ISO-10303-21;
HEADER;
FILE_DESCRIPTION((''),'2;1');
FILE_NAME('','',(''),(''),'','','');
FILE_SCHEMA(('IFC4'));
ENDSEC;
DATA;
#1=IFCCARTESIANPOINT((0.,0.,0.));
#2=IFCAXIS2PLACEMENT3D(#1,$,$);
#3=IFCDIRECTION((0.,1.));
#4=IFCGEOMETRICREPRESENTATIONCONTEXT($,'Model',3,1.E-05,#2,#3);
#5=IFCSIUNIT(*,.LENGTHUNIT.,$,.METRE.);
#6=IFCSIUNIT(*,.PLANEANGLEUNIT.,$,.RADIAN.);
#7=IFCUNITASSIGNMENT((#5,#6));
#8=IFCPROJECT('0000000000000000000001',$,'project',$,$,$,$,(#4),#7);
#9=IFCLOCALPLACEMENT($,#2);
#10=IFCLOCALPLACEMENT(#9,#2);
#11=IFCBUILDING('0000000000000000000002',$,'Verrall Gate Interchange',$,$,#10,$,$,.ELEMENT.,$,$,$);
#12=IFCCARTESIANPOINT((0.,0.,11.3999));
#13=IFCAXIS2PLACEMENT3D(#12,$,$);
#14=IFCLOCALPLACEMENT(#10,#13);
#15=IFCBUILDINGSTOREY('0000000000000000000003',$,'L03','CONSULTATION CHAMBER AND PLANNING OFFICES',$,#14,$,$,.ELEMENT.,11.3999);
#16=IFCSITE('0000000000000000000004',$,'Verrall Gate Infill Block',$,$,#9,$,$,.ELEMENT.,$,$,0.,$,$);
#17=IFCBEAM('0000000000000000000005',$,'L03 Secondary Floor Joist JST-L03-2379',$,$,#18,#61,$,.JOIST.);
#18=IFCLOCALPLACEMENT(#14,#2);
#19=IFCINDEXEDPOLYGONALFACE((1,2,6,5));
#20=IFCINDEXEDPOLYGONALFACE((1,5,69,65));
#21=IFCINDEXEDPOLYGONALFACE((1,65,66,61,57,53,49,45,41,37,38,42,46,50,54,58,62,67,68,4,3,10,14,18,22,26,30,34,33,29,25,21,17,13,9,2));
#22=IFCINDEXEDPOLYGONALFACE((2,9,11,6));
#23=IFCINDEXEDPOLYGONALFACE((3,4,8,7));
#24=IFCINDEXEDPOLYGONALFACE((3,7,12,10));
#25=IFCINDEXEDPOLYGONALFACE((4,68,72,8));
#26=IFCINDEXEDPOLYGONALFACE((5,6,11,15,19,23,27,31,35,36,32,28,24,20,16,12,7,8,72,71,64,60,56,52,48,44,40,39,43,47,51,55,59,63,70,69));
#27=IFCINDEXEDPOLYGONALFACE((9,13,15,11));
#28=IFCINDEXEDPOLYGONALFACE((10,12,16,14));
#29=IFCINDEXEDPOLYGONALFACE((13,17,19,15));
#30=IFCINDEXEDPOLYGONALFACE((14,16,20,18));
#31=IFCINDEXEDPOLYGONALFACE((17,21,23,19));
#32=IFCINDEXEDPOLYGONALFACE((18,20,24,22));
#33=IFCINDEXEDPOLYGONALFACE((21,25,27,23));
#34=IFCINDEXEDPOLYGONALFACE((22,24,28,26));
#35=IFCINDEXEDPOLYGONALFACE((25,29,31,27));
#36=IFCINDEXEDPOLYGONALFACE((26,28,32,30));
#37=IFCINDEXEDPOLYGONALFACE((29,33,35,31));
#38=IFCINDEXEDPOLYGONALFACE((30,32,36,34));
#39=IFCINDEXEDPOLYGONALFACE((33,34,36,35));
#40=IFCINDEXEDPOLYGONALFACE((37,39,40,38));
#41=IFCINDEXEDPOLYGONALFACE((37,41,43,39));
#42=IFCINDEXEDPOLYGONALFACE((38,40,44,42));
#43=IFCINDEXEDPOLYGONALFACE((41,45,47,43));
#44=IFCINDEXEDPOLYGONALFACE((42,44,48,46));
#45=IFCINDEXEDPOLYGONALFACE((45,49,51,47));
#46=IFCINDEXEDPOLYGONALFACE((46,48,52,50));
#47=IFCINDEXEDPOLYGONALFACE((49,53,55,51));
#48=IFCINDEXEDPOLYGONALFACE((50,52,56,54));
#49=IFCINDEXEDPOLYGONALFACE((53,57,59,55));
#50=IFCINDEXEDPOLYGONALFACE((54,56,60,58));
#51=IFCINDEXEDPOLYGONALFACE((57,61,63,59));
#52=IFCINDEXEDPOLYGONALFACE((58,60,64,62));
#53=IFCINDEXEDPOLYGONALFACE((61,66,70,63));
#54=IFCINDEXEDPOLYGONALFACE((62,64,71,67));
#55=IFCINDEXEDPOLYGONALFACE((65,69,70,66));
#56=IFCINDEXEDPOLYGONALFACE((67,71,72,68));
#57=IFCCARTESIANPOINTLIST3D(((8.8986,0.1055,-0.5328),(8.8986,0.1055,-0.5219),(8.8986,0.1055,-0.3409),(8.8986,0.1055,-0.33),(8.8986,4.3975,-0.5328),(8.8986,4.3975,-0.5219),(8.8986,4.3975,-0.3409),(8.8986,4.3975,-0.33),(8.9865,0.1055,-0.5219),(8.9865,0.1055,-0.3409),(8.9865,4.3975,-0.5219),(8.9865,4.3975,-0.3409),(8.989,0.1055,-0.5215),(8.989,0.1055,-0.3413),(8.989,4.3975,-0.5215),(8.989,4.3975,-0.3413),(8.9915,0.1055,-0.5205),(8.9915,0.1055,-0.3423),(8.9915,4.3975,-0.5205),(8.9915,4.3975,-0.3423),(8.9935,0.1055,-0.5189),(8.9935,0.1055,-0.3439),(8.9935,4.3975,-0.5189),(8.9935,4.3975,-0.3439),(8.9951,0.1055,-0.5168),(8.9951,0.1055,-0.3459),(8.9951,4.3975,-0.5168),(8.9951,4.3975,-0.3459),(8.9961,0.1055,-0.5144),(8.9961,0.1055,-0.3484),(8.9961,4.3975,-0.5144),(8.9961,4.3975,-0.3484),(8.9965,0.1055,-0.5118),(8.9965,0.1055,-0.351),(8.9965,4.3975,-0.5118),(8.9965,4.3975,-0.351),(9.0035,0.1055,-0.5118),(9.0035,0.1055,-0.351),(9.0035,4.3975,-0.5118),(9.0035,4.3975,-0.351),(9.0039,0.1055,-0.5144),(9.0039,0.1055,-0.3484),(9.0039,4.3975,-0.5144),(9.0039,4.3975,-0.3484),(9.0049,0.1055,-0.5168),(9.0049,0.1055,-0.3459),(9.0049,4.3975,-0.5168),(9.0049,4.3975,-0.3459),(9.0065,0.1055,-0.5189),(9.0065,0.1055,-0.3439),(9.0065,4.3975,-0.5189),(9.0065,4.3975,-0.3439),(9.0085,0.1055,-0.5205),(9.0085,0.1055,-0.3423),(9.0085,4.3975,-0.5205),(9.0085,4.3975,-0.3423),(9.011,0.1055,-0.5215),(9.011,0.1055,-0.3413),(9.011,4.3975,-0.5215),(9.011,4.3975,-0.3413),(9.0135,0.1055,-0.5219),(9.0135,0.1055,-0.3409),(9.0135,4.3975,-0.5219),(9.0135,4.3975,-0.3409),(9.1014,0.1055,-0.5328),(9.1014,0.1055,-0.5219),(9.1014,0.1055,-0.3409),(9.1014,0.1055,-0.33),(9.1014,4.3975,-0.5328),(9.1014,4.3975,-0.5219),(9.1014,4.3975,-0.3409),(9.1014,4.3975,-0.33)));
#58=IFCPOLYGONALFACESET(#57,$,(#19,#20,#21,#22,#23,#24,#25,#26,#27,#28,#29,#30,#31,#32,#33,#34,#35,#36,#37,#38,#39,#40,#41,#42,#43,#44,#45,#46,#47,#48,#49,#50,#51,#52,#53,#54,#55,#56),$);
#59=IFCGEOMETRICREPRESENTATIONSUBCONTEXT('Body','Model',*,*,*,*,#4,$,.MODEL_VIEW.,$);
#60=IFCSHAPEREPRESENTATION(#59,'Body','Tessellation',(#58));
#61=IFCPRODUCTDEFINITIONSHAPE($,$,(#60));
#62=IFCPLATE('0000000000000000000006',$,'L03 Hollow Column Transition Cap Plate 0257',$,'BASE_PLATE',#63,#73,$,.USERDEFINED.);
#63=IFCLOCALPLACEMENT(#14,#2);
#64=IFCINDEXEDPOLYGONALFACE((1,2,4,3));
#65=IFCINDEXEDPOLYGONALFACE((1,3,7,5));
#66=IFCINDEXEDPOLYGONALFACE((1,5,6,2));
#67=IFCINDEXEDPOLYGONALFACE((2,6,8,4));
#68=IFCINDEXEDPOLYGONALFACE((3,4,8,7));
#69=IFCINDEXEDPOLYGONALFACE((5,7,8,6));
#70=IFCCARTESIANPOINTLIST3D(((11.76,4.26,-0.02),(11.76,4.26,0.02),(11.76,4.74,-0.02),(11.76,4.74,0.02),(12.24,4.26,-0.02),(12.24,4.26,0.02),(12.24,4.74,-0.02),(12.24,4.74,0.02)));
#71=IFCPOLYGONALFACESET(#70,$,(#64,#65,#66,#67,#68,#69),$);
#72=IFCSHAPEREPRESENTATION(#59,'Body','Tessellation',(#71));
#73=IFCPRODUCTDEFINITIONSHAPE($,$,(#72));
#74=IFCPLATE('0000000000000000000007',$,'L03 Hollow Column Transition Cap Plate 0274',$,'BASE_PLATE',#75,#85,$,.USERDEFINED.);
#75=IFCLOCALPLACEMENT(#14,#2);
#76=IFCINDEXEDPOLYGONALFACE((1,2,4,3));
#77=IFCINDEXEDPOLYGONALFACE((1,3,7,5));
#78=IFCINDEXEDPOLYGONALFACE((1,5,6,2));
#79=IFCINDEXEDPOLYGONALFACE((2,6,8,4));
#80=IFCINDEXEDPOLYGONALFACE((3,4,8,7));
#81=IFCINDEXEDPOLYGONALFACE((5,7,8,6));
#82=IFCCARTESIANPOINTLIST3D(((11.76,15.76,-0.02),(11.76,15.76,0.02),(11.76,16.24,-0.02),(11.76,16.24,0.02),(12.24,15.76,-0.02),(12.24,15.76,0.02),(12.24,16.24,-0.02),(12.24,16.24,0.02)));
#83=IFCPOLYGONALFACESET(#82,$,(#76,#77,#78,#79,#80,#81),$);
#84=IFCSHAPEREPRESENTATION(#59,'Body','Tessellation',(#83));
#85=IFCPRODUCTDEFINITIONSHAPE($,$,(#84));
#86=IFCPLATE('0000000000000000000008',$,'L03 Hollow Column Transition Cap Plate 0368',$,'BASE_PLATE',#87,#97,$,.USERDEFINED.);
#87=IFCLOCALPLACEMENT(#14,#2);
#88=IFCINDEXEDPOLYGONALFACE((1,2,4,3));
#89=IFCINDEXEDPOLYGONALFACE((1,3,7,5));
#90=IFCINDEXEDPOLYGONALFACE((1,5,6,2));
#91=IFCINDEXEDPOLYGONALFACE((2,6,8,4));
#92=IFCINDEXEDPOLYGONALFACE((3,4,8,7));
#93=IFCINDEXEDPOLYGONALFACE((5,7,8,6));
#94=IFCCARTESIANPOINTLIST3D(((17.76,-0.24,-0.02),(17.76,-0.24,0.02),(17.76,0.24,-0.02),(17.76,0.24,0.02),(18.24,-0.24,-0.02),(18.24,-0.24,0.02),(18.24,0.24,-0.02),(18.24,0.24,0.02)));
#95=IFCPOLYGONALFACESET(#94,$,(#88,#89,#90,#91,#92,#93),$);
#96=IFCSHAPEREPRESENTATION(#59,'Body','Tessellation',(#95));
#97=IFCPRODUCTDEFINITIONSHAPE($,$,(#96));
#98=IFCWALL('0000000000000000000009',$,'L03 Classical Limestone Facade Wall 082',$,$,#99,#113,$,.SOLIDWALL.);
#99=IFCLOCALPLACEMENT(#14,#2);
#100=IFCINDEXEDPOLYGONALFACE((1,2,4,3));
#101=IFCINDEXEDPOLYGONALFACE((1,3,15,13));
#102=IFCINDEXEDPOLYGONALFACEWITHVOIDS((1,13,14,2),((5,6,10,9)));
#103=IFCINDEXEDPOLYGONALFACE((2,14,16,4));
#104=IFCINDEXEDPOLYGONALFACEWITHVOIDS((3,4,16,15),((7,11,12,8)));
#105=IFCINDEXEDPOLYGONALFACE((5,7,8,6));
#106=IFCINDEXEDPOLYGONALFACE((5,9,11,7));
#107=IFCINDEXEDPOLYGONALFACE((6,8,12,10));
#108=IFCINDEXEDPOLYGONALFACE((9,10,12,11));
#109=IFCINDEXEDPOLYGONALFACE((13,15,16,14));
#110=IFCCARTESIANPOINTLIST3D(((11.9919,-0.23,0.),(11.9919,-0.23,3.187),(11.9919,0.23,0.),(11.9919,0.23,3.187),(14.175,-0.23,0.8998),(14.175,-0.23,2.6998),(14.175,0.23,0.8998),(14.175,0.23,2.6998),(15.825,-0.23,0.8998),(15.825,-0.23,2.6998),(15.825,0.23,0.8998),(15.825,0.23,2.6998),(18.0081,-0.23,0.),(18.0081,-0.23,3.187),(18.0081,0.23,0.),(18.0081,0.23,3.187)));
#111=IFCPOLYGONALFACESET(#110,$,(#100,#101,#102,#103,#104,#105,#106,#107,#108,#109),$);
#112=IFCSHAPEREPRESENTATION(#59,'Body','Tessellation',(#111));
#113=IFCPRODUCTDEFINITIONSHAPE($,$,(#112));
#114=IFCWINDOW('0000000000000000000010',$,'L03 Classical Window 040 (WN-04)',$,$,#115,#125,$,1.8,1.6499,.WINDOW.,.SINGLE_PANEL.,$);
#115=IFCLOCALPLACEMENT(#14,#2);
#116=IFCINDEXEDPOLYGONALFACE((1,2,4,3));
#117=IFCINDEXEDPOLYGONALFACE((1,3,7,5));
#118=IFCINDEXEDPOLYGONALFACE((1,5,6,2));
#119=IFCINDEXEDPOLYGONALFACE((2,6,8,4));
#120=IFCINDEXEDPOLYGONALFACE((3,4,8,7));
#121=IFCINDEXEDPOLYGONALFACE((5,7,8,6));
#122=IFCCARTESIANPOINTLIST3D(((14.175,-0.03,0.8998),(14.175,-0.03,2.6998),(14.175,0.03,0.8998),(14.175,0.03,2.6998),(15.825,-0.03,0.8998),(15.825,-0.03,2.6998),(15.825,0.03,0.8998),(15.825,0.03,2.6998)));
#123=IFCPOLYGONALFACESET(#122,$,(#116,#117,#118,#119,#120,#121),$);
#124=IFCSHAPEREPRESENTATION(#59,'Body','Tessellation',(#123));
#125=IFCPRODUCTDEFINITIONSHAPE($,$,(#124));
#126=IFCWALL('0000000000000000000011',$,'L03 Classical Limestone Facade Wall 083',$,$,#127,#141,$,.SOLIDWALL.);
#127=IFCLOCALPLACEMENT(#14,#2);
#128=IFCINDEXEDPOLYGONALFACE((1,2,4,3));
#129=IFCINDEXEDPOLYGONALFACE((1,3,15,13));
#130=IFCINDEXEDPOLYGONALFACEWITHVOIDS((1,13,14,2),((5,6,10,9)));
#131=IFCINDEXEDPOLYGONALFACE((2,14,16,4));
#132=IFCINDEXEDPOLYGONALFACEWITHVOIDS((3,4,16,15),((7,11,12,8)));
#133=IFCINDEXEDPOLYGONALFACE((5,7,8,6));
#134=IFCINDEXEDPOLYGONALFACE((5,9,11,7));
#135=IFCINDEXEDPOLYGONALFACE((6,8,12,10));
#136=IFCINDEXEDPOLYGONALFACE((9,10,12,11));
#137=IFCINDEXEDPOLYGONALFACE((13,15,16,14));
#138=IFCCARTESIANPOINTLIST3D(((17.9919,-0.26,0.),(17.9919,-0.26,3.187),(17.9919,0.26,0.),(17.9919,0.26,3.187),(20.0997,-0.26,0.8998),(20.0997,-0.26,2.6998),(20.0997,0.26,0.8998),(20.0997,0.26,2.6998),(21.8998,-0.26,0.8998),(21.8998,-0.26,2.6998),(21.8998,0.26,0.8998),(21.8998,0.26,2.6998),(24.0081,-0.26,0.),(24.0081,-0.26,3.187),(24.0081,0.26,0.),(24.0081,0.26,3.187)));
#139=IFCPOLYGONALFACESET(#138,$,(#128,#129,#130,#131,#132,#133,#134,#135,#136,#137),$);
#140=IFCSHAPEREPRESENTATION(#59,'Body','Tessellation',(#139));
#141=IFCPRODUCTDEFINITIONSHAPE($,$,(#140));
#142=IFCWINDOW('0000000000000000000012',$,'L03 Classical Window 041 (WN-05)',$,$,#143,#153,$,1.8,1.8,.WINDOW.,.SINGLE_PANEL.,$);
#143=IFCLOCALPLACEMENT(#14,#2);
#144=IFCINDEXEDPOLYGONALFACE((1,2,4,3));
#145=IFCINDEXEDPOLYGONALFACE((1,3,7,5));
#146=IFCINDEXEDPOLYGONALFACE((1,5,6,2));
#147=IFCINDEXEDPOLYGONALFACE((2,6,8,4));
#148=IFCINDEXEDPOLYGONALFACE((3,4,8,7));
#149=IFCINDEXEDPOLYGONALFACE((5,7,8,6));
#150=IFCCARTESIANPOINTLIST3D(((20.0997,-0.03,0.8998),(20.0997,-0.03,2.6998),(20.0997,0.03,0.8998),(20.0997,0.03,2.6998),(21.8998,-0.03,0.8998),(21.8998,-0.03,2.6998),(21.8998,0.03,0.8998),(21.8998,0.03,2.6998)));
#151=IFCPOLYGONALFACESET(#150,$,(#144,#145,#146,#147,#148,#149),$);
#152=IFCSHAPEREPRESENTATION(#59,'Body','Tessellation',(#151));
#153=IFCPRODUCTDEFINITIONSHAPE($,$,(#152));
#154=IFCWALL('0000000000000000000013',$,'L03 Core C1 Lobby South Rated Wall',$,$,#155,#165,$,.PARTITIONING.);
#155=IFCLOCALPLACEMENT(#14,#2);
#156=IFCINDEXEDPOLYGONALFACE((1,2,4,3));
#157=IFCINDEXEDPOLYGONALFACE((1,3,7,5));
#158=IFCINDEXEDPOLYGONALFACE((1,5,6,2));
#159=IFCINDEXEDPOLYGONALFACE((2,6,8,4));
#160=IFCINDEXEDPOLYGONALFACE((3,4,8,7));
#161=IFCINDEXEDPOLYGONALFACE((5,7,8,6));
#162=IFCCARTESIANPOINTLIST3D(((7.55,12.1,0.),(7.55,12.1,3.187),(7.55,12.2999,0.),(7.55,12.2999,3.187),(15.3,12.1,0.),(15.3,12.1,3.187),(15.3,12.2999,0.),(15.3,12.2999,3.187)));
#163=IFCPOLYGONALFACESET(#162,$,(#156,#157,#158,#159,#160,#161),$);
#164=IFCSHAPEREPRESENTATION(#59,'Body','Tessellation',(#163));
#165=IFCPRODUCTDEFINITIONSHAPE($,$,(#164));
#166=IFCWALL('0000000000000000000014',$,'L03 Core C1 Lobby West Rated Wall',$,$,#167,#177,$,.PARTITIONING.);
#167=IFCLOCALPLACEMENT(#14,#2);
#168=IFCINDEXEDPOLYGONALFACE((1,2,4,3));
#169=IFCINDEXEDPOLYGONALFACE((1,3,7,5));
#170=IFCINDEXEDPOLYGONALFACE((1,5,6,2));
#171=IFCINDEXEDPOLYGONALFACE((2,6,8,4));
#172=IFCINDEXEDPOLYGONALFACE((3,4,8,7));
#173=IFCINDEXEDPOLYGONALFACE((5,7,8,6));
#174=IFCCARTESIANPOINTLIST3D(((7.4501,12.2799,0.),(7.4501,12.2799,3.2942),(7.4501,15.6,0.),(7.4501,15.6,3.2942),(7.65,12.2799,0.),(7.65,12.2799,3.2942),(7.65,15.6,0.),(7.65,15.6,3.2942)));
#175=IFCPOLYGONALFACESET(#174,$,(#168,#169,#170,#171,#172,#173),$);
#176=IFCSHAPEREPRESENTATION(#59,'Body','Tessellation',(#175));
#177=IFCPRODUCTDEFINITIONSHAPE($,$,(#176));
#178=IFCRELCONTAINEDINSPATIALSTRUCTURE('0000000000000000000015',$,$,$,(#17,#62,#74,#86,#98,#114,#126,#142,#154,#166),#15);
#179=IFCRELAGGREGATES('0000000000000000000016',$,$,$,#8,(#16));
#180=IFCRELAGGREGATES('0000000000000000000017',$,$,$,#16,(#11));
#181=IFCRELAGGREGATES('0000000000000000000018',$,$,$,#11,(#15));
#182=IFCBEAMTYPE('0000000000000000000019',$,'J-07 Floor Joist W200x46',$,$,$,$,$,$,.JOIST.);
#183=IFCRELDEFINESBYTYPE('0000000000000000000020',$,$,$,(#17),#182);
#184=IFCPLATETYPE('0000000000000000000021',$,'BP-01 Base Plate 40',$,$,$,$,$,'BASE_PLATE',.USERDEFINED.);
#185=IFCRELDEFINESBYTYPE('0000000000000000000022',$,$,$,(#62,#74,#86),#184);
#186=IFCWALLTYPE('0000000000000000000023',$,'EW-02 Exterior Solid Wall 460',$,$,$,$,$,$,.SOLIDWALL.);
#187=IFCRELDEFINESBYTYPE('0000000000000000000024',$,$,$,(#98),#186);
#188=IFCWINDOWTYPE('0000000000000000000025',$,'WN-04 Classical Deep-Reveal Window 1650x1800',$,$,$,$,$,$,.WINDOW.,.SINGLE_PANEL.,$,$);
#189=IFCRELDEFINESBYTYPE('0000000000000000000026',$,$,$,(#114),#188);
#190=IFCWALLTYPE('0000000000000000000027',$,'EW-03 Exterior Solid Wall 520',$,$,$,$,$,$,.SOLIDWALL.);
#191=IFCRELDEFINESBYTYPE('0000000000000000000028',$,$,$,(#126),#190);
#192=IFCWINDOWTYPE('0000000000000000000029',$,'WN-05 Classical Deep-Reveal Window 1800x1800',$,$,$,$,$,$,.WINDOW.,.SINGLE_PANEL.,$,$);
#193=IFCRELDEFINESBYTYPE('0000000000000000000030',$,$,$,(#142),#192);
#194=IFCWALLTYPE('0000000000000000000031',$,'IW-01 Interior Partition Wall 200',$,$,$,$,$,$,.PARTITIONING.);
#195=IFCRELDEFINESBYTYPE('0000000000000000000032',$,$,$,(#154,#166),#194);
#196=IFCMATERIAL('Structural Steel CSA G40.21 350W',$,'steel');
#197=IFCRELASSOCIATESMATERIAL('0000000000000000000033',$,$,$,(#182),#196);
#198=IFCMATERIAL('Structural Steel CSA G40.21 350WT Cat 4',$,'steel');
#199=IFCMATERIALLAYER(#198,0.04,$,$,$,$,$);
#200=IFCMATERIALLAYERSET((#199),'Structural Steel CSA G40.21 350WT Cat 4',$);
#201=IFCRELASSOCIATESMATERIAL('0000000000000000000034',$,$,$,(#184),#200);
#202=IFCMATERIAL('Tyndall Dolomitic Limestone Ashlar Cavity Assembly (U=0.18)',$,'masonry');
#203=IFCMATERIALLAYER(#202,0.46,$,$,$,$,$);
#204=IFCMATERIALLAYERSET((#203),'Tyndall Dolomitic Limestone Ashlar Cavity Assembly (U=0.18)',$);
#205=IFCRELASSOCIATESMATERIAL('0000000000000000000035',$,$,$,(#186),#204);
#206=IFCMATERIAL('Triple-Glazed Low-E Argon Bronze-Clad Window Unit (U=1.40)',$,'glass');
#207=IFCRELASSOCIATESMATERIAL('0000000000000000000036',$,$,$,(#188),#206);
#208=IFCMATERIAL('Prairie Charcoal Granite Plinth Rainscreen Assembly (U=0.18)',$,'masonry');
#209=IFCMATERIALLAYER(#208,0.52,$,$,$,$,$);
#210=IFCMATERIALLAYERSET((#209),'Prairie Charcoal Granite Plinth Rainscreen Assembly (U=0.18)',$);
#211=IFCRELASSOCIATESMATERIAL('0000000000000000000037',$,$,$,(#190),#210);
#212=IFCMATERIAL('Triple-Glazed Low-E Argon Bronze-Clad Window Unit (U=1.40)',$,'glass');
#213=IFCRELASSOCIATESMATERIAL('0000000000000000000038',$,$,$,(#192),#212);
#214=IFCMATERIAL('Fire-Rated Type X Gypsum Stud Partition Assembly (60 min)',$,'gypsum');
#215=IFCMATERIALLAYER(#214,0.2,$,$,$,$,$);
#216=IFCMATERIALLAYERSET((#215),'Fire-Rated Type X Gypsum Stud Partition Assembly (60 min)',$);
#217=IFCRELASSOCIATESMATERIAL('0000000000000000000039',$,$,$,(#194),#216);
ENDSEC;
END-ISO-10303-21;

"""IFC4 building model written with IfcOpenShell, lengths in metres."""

from ifc_helpers import new_model, si_unit, direction, frame, frame_2d, origin, origin_2d, place, context, subcontext, project, spatial, rectangle, i_section, extrude, material, layer, layer_set, material_profile, profile_set, type_object, element, fill, save


model = new_model("IFC4")

# Units and contexts
model_context = context("Model", 3, precision=1e-05, world=origin(), true_north=direction((0.0, 1.0)))
body_context = subcontext(model_context, "Body", "Model", "MODEL_VIEW")
ifc_project = project(units=[si_unit("LENGTHUNIT", "METRE"), si_unit("PLANEANGLEUNIT", "RADIAN")], contexts=[model_context])

# Site, building, storey
site_placement = place(None, origin())
site = spatial("IfcSite", under=ifc_project, at=site_placement, Name="Verrall Gate Infill Block", CompositionType="ELEMENT", RefElevation=0.0)
building_placement = place(site_placement, origin())
building = spatial("IfcBuilding", under=site, at=building_placement, Name="Verrall Gate Interchange", CompositionType="ELEMENT")
storey_placement = place(building_placement, frame((0.0, 0.0, 11.3999)))
storey = spatial("IfcBuildingStorey", under=building, at=storey_placement, Name="L03", Description="CONSULTATION CHAMBER AND PLANNING OFFICES", CompositionType="ELEMENT", Elevation=11.3999)

# Beam
ifc_material_1 = material(Name="Structural Steel CSA G40.21 350W", Category="steel")
ifc_material_profile_1 = material_profile(ifc_material_1, i_section(OverallWidth=0.2029, OverallDepth=0.2029, WebThickness=0.0071, FlangeThickness=0.011, FilletRadius=0.01, at=origin_2d()), Name="W200x46")
ifc_profile_set_1 = profile_set([ifc_material_profile_1], Name="Structural Steel CSA G40.21 350W")
beam_type_1 = type_object("IfcBeamType", Name="J-07 Floor Joist W200x46", PredefinedType="JOIST", material=ifc_profile_set_1)
beam_1_placement = place(storey_placement, frame((9.0, 0.1055, -0.4314), z_axis=(0.0, 1.0, 0.0), x_axis=(-1.0, 0.0, 0.0)))
element("IfcBeam", 1, at=beam_1_placement, inside=storey, type_object=beam_type_1, Name="L03 Secondary Floor Joist JST-L03-2379", PredefinedType="JOIST", context=body_context, shape_type="SweptSolid", body=[
    extrude(i_section(OverallWidth=0.2029, OverallDepth=0.2029, WebThickness=0.0071, FlangeThickness=0.011, FilletRadius=0.01, at=origin_2d()), origin(), (0.0, 0.0, 1.0), 4.292),
])

# Plates
ifc_material_2 = material(Name="Structural Steel CSA G40.21 350WT Cat 4", Category="steel")
ifc_layer_1 = layer(ifc_material_2, 0.04)
ifc_layer_set_1 = layer_set([ifc_layer_1], Name="Structural Steel CSA G40.21 350WT Cat 4")
plate_type = type_object("IfcPlateType", Name="BP-01 Base Plate 40", ElementType="BASE_PLATE", PredefinedType="USERDEFINED", material=ifc_layer_set_1)
for number, where, z_axis, x_axis, name in (
    (2, (12.0, 4.5, -0.02), (0.0, 0.0, 1.0), (1.0, 0.0, 0.0), "L03 Hollow Column Transition Cap Plate 0257"),
    (3, (12.0, 16.0, -0.02), (0.0, 0.0, 1.0), (1.0, 0.0, 0.0), "L03 Hollow Column Transition Cap Plate 0274"),
    (4, (18.0, 0.0, -0.02), (0.0, 0.0, 1.0), (1.0, 0.0, 0.0), "L03 Hollow Column Transition Cap Plate 0368"),
):
    element("IfcPlate", number, at=place(storey_placement, frame(where, z_axis=z_axis, x_axis=x_axis)), inside=storey, type_object=plate_type, Name=name, ObjectType="BASE_PLATE", PredefinedType="USERDEFINED", context=body_context, shape_type="SweptSolid", body=[
        extrude(rectangle(XDim=0.48, YDim=0.48, at=origin_2d()), origin(), (0.0, 0.0, 1.0), 0.04),
    ])

# Walls, openings, windows
ifc_material_3 = material(Name="Tyndall Dolomitic Limestone Ashlar Cavity Assembly (U=0.18)", Category="masonry")
ifc_layer_2 = layer(ifc_material_3, 0.46)
ifc_layer_set_2 = layer_set([ifc_layer_2], Name="Tyndall Dolomitic Limestone Ashlar Cavity Assembly (U=0.18)")
wall_type_1 = type_object("IfcWallType", Name="EW-02 Exterior Solid Wall 460", PredefinedType="SOLIDWALL", material=ifc_layer_set_2)
wall_1_placement = place(storey_placement, frame((11.9919, 0.0, 0.0), z_axis=(0.0, 0.0, 1.0), x_axis=(1.0, 0.0, 0.0)))
wall_1 = element("IfcWall", 5, at=wall_1_placement, inside=storey, type_object=wall_type_1, Name="L03 Classical Limestone Facade Wall 082", PredefinedType="SOLIDWALL", context=body_context, shape_type="SweptSolid", body=[
    extrude(rectangle(XDim=6.0161, YDim=0.46, at=frame_2d((3.0081, 0.0))), origin(), (0.0, 0.0, 1.0), 3.187),
])
opening_1_placement = place(wall_1_placement, frame((2.1831, 0.0, 0.8999)))
opening_1 = element("IfcOpeningElement", 6, at=opening_1_placement, cuts=wall_1, PredefinedType="OPENING", context=body_context, shape_type="SweptSolid", body=[
    extrude(rectangle(XDim=1.6499, YDim=1.8, at=frame_2d((0.825, 0.8999))), frame((0.0, 0.2449, 0.0), z_axis=(0.0, -1.0, 0.0), x_axis=(1.0, 0.0, 0.0)), (0.0, 0.0, 1.0), 0.4897),
])
ifc_material_4 = material(Name="Triple-Glazed Low-E Argon Bronze-Clad Window Unit (U=1.40)", Category="glass")
window_type_1 = type_object("IfcWindowType", Name="WN-04 Classical Deep-Reveal Window 1650x1800", PartitioningType="SINGLE_PANEL", PredefinedType="WINDOW", material=ifc_material_4)
window_1_placement = place(opening_1_placement, origin())
window_1 = element("IfcWindow", 7, at=window_1_placement, inside=storey, type_object=window_type_1, Name="L03 Classical Window 040 (WN-04)", OverallHeight=1.8, OverallWidth=1.6499, PartitioningType="SINGLE_PANEL", PredefinedType="WINDOW", context=body_context, shape_type="SweptSolid", body=[
    extrude(rectangle(XDim=1.6499, YDim=1.8, at=frame_2d((0.825, 0.8999))), frame((0.0, 0.03, 0.0), z_axis=(0.0, -1.0, 0.0), x_axis=(1.0, 0.0, 0.0)), (0.0, 0.0, 1.0), 0.0601),
])
fill(opening_1, window_1)
ifc_material_5 = material(Name="Prairie Charcoal Granite Plinth Rainscreen Assembly (U=0.18)", Category="masonry")
ifc_layer_3 = layer(ifc_material_5, 0.52)
ifc_layer_set_3 = layer_set([ifc_layer_3], Name="Prairie Charcoal Granite Plinth Rainscreen Assembly (U=0.18)")
wall_type_2 = type_object("IfcWallType", Name="EW-03 Exterior Solid Wall 520", PredefinedType="SOLIDWALL", material=ifc_layer_set_3)
wall_2_placement = place(storey_placement, frame((17.9919, 0.0, 0.0), z_axis=(0.0, 0.0, 1.0), x_axis=(1.0, 0.0, 0.0)))
wall_2 = element("IfcWall", 8, at=wall_2_placement, inside=storey, type_object=wall_type_2, Name="L03 Classical Limestone Facade Wall 083", PredefinedType="SOLIDWALL", context=body_context, shape_type="SweptSolid", body=[
    extrude(rectangle(XDim=6.0161, YDim=0.52, at=frame_2d((3.0081, 0.0))), origin(), (0.0, 0.0, 1.0), 3.187),
])
opening_2_placement = place(wall_2_placement, frame((2.1079, 0.0, 0.8999)))
opening_2 = element("IfcOpeningElement", 9, at=opening_2_placement, cuts=wall_2, PredefinedType="OPENING", context=body_context, shape_type="SweptSolid", body=[
    extrude(rectangle(XDim=1.8, YDim=1.8, at=frame_2d((0.8999, 0.8999))), frame((0.0, 0.2749, 0.0), z_axis=(0.0, -1.0, 0.0), x_axis=(1.0, 0.0, 0.0)), (0.0, 0.0, 1.0), 0.5498),
])
ifc_material_6 = material(Name="Triple-Glazed Low-E Argon Bronze-Clad Window Unit (U=1.40)", Category="glass")
window_type_2 = type_object("IfcWindowType", Name="WN-05 Classical Deep-Reveal Window 1800x1800", PartitioningType="SINGLE_PANEL", PredefinedType="WINDOW", material=ifc_material_6)
window_2_placement = place(opening_2_placement, origin())
window_2 = element("IfcWindow", 10, at=window_2_placement, inside=storey, type_object=window_type_2, Name="L03 Classical Window 041 (WN-05)", OverallHeight=1.8, OverallWidth=1.8, PartitioningType="SINGLE_PANEL", PredefinedType="WINDOW", context=body_context, shape_type="SweptSolid", body=[
    extrude(rectangle(XDim=1.8, YDim=1.8, at=frame_2d((0.8999, 0.8999))), frame((0.0, 0.03, 0.0), z_axis=(0.0, -1.0, 0.0), x_axis=(1.0, 0.0, 0.0)), (0.0, 0.0, 1.0), 0.0601),
])
fill(opening_2, window_2)

# Walls
ifc_material_7 = material(Name="Fire-Rated Type X Gypsum Stud Partition Assembly (60 min)", Category="gypsum")
ifc_layer_4 = layer(ifc_material_7, 0.2)
ifc_layer_set_4 = layer_set([ifc_layer_4], Name="Fire-Rated Type X Gypsum Stud Partition Assembly (60 min)")
wall_type_3 = type_object("IfcWallType", Name="IW-01 Interior Partition Wall 200", PredefinedType="PARTITIONING", material=ifc_layer_set_4)
wall_3_placement = place(storey_placement, frame((7.55, 12.2, 0.0), z_axis=(0.0, 0.0, 1.0), x_axis=(1.0, 0.0, 0.0)))
element("IfcWall", 11, at=wall_3_placement, inside=storey, type_object=wall_type_3, Name="L03 Core C1 Lobby South Rated Wall", PredefinedType="PARTITIONING", context=body_context, shape_type="SweptSolid", body=[
    extrude(rectangle(XDim=7.75, YDim=0.2, at=frame_2d((3.875, 0.0))), origin(), (0.0, 0.0, 1.0), 3.187),
])
wall_4_placement = place(storey_placement, frame((7.55, 15.6001, 0.0), z_axis=(0.0, 0.0, 1.0), x_axis=(0.0, -1.0, 0.0)))
element("IfcWall", 12, at=wall_4_placement, inside=storey, type_object=wall_type_3, Name="L03 Core C1 Lobby West Rated Wall", PredefinedType="PARTITIONING", context=body_context, shape_type="SweptSolid", body=[
    extrude(rectangle(XDim=3.3201, YDim=0.2, at=frame_2d((1.6602, 0.0))), origin(), (0.0, 0.0, 1.0), 3.2942),
])

save(model, "model.ifc")
